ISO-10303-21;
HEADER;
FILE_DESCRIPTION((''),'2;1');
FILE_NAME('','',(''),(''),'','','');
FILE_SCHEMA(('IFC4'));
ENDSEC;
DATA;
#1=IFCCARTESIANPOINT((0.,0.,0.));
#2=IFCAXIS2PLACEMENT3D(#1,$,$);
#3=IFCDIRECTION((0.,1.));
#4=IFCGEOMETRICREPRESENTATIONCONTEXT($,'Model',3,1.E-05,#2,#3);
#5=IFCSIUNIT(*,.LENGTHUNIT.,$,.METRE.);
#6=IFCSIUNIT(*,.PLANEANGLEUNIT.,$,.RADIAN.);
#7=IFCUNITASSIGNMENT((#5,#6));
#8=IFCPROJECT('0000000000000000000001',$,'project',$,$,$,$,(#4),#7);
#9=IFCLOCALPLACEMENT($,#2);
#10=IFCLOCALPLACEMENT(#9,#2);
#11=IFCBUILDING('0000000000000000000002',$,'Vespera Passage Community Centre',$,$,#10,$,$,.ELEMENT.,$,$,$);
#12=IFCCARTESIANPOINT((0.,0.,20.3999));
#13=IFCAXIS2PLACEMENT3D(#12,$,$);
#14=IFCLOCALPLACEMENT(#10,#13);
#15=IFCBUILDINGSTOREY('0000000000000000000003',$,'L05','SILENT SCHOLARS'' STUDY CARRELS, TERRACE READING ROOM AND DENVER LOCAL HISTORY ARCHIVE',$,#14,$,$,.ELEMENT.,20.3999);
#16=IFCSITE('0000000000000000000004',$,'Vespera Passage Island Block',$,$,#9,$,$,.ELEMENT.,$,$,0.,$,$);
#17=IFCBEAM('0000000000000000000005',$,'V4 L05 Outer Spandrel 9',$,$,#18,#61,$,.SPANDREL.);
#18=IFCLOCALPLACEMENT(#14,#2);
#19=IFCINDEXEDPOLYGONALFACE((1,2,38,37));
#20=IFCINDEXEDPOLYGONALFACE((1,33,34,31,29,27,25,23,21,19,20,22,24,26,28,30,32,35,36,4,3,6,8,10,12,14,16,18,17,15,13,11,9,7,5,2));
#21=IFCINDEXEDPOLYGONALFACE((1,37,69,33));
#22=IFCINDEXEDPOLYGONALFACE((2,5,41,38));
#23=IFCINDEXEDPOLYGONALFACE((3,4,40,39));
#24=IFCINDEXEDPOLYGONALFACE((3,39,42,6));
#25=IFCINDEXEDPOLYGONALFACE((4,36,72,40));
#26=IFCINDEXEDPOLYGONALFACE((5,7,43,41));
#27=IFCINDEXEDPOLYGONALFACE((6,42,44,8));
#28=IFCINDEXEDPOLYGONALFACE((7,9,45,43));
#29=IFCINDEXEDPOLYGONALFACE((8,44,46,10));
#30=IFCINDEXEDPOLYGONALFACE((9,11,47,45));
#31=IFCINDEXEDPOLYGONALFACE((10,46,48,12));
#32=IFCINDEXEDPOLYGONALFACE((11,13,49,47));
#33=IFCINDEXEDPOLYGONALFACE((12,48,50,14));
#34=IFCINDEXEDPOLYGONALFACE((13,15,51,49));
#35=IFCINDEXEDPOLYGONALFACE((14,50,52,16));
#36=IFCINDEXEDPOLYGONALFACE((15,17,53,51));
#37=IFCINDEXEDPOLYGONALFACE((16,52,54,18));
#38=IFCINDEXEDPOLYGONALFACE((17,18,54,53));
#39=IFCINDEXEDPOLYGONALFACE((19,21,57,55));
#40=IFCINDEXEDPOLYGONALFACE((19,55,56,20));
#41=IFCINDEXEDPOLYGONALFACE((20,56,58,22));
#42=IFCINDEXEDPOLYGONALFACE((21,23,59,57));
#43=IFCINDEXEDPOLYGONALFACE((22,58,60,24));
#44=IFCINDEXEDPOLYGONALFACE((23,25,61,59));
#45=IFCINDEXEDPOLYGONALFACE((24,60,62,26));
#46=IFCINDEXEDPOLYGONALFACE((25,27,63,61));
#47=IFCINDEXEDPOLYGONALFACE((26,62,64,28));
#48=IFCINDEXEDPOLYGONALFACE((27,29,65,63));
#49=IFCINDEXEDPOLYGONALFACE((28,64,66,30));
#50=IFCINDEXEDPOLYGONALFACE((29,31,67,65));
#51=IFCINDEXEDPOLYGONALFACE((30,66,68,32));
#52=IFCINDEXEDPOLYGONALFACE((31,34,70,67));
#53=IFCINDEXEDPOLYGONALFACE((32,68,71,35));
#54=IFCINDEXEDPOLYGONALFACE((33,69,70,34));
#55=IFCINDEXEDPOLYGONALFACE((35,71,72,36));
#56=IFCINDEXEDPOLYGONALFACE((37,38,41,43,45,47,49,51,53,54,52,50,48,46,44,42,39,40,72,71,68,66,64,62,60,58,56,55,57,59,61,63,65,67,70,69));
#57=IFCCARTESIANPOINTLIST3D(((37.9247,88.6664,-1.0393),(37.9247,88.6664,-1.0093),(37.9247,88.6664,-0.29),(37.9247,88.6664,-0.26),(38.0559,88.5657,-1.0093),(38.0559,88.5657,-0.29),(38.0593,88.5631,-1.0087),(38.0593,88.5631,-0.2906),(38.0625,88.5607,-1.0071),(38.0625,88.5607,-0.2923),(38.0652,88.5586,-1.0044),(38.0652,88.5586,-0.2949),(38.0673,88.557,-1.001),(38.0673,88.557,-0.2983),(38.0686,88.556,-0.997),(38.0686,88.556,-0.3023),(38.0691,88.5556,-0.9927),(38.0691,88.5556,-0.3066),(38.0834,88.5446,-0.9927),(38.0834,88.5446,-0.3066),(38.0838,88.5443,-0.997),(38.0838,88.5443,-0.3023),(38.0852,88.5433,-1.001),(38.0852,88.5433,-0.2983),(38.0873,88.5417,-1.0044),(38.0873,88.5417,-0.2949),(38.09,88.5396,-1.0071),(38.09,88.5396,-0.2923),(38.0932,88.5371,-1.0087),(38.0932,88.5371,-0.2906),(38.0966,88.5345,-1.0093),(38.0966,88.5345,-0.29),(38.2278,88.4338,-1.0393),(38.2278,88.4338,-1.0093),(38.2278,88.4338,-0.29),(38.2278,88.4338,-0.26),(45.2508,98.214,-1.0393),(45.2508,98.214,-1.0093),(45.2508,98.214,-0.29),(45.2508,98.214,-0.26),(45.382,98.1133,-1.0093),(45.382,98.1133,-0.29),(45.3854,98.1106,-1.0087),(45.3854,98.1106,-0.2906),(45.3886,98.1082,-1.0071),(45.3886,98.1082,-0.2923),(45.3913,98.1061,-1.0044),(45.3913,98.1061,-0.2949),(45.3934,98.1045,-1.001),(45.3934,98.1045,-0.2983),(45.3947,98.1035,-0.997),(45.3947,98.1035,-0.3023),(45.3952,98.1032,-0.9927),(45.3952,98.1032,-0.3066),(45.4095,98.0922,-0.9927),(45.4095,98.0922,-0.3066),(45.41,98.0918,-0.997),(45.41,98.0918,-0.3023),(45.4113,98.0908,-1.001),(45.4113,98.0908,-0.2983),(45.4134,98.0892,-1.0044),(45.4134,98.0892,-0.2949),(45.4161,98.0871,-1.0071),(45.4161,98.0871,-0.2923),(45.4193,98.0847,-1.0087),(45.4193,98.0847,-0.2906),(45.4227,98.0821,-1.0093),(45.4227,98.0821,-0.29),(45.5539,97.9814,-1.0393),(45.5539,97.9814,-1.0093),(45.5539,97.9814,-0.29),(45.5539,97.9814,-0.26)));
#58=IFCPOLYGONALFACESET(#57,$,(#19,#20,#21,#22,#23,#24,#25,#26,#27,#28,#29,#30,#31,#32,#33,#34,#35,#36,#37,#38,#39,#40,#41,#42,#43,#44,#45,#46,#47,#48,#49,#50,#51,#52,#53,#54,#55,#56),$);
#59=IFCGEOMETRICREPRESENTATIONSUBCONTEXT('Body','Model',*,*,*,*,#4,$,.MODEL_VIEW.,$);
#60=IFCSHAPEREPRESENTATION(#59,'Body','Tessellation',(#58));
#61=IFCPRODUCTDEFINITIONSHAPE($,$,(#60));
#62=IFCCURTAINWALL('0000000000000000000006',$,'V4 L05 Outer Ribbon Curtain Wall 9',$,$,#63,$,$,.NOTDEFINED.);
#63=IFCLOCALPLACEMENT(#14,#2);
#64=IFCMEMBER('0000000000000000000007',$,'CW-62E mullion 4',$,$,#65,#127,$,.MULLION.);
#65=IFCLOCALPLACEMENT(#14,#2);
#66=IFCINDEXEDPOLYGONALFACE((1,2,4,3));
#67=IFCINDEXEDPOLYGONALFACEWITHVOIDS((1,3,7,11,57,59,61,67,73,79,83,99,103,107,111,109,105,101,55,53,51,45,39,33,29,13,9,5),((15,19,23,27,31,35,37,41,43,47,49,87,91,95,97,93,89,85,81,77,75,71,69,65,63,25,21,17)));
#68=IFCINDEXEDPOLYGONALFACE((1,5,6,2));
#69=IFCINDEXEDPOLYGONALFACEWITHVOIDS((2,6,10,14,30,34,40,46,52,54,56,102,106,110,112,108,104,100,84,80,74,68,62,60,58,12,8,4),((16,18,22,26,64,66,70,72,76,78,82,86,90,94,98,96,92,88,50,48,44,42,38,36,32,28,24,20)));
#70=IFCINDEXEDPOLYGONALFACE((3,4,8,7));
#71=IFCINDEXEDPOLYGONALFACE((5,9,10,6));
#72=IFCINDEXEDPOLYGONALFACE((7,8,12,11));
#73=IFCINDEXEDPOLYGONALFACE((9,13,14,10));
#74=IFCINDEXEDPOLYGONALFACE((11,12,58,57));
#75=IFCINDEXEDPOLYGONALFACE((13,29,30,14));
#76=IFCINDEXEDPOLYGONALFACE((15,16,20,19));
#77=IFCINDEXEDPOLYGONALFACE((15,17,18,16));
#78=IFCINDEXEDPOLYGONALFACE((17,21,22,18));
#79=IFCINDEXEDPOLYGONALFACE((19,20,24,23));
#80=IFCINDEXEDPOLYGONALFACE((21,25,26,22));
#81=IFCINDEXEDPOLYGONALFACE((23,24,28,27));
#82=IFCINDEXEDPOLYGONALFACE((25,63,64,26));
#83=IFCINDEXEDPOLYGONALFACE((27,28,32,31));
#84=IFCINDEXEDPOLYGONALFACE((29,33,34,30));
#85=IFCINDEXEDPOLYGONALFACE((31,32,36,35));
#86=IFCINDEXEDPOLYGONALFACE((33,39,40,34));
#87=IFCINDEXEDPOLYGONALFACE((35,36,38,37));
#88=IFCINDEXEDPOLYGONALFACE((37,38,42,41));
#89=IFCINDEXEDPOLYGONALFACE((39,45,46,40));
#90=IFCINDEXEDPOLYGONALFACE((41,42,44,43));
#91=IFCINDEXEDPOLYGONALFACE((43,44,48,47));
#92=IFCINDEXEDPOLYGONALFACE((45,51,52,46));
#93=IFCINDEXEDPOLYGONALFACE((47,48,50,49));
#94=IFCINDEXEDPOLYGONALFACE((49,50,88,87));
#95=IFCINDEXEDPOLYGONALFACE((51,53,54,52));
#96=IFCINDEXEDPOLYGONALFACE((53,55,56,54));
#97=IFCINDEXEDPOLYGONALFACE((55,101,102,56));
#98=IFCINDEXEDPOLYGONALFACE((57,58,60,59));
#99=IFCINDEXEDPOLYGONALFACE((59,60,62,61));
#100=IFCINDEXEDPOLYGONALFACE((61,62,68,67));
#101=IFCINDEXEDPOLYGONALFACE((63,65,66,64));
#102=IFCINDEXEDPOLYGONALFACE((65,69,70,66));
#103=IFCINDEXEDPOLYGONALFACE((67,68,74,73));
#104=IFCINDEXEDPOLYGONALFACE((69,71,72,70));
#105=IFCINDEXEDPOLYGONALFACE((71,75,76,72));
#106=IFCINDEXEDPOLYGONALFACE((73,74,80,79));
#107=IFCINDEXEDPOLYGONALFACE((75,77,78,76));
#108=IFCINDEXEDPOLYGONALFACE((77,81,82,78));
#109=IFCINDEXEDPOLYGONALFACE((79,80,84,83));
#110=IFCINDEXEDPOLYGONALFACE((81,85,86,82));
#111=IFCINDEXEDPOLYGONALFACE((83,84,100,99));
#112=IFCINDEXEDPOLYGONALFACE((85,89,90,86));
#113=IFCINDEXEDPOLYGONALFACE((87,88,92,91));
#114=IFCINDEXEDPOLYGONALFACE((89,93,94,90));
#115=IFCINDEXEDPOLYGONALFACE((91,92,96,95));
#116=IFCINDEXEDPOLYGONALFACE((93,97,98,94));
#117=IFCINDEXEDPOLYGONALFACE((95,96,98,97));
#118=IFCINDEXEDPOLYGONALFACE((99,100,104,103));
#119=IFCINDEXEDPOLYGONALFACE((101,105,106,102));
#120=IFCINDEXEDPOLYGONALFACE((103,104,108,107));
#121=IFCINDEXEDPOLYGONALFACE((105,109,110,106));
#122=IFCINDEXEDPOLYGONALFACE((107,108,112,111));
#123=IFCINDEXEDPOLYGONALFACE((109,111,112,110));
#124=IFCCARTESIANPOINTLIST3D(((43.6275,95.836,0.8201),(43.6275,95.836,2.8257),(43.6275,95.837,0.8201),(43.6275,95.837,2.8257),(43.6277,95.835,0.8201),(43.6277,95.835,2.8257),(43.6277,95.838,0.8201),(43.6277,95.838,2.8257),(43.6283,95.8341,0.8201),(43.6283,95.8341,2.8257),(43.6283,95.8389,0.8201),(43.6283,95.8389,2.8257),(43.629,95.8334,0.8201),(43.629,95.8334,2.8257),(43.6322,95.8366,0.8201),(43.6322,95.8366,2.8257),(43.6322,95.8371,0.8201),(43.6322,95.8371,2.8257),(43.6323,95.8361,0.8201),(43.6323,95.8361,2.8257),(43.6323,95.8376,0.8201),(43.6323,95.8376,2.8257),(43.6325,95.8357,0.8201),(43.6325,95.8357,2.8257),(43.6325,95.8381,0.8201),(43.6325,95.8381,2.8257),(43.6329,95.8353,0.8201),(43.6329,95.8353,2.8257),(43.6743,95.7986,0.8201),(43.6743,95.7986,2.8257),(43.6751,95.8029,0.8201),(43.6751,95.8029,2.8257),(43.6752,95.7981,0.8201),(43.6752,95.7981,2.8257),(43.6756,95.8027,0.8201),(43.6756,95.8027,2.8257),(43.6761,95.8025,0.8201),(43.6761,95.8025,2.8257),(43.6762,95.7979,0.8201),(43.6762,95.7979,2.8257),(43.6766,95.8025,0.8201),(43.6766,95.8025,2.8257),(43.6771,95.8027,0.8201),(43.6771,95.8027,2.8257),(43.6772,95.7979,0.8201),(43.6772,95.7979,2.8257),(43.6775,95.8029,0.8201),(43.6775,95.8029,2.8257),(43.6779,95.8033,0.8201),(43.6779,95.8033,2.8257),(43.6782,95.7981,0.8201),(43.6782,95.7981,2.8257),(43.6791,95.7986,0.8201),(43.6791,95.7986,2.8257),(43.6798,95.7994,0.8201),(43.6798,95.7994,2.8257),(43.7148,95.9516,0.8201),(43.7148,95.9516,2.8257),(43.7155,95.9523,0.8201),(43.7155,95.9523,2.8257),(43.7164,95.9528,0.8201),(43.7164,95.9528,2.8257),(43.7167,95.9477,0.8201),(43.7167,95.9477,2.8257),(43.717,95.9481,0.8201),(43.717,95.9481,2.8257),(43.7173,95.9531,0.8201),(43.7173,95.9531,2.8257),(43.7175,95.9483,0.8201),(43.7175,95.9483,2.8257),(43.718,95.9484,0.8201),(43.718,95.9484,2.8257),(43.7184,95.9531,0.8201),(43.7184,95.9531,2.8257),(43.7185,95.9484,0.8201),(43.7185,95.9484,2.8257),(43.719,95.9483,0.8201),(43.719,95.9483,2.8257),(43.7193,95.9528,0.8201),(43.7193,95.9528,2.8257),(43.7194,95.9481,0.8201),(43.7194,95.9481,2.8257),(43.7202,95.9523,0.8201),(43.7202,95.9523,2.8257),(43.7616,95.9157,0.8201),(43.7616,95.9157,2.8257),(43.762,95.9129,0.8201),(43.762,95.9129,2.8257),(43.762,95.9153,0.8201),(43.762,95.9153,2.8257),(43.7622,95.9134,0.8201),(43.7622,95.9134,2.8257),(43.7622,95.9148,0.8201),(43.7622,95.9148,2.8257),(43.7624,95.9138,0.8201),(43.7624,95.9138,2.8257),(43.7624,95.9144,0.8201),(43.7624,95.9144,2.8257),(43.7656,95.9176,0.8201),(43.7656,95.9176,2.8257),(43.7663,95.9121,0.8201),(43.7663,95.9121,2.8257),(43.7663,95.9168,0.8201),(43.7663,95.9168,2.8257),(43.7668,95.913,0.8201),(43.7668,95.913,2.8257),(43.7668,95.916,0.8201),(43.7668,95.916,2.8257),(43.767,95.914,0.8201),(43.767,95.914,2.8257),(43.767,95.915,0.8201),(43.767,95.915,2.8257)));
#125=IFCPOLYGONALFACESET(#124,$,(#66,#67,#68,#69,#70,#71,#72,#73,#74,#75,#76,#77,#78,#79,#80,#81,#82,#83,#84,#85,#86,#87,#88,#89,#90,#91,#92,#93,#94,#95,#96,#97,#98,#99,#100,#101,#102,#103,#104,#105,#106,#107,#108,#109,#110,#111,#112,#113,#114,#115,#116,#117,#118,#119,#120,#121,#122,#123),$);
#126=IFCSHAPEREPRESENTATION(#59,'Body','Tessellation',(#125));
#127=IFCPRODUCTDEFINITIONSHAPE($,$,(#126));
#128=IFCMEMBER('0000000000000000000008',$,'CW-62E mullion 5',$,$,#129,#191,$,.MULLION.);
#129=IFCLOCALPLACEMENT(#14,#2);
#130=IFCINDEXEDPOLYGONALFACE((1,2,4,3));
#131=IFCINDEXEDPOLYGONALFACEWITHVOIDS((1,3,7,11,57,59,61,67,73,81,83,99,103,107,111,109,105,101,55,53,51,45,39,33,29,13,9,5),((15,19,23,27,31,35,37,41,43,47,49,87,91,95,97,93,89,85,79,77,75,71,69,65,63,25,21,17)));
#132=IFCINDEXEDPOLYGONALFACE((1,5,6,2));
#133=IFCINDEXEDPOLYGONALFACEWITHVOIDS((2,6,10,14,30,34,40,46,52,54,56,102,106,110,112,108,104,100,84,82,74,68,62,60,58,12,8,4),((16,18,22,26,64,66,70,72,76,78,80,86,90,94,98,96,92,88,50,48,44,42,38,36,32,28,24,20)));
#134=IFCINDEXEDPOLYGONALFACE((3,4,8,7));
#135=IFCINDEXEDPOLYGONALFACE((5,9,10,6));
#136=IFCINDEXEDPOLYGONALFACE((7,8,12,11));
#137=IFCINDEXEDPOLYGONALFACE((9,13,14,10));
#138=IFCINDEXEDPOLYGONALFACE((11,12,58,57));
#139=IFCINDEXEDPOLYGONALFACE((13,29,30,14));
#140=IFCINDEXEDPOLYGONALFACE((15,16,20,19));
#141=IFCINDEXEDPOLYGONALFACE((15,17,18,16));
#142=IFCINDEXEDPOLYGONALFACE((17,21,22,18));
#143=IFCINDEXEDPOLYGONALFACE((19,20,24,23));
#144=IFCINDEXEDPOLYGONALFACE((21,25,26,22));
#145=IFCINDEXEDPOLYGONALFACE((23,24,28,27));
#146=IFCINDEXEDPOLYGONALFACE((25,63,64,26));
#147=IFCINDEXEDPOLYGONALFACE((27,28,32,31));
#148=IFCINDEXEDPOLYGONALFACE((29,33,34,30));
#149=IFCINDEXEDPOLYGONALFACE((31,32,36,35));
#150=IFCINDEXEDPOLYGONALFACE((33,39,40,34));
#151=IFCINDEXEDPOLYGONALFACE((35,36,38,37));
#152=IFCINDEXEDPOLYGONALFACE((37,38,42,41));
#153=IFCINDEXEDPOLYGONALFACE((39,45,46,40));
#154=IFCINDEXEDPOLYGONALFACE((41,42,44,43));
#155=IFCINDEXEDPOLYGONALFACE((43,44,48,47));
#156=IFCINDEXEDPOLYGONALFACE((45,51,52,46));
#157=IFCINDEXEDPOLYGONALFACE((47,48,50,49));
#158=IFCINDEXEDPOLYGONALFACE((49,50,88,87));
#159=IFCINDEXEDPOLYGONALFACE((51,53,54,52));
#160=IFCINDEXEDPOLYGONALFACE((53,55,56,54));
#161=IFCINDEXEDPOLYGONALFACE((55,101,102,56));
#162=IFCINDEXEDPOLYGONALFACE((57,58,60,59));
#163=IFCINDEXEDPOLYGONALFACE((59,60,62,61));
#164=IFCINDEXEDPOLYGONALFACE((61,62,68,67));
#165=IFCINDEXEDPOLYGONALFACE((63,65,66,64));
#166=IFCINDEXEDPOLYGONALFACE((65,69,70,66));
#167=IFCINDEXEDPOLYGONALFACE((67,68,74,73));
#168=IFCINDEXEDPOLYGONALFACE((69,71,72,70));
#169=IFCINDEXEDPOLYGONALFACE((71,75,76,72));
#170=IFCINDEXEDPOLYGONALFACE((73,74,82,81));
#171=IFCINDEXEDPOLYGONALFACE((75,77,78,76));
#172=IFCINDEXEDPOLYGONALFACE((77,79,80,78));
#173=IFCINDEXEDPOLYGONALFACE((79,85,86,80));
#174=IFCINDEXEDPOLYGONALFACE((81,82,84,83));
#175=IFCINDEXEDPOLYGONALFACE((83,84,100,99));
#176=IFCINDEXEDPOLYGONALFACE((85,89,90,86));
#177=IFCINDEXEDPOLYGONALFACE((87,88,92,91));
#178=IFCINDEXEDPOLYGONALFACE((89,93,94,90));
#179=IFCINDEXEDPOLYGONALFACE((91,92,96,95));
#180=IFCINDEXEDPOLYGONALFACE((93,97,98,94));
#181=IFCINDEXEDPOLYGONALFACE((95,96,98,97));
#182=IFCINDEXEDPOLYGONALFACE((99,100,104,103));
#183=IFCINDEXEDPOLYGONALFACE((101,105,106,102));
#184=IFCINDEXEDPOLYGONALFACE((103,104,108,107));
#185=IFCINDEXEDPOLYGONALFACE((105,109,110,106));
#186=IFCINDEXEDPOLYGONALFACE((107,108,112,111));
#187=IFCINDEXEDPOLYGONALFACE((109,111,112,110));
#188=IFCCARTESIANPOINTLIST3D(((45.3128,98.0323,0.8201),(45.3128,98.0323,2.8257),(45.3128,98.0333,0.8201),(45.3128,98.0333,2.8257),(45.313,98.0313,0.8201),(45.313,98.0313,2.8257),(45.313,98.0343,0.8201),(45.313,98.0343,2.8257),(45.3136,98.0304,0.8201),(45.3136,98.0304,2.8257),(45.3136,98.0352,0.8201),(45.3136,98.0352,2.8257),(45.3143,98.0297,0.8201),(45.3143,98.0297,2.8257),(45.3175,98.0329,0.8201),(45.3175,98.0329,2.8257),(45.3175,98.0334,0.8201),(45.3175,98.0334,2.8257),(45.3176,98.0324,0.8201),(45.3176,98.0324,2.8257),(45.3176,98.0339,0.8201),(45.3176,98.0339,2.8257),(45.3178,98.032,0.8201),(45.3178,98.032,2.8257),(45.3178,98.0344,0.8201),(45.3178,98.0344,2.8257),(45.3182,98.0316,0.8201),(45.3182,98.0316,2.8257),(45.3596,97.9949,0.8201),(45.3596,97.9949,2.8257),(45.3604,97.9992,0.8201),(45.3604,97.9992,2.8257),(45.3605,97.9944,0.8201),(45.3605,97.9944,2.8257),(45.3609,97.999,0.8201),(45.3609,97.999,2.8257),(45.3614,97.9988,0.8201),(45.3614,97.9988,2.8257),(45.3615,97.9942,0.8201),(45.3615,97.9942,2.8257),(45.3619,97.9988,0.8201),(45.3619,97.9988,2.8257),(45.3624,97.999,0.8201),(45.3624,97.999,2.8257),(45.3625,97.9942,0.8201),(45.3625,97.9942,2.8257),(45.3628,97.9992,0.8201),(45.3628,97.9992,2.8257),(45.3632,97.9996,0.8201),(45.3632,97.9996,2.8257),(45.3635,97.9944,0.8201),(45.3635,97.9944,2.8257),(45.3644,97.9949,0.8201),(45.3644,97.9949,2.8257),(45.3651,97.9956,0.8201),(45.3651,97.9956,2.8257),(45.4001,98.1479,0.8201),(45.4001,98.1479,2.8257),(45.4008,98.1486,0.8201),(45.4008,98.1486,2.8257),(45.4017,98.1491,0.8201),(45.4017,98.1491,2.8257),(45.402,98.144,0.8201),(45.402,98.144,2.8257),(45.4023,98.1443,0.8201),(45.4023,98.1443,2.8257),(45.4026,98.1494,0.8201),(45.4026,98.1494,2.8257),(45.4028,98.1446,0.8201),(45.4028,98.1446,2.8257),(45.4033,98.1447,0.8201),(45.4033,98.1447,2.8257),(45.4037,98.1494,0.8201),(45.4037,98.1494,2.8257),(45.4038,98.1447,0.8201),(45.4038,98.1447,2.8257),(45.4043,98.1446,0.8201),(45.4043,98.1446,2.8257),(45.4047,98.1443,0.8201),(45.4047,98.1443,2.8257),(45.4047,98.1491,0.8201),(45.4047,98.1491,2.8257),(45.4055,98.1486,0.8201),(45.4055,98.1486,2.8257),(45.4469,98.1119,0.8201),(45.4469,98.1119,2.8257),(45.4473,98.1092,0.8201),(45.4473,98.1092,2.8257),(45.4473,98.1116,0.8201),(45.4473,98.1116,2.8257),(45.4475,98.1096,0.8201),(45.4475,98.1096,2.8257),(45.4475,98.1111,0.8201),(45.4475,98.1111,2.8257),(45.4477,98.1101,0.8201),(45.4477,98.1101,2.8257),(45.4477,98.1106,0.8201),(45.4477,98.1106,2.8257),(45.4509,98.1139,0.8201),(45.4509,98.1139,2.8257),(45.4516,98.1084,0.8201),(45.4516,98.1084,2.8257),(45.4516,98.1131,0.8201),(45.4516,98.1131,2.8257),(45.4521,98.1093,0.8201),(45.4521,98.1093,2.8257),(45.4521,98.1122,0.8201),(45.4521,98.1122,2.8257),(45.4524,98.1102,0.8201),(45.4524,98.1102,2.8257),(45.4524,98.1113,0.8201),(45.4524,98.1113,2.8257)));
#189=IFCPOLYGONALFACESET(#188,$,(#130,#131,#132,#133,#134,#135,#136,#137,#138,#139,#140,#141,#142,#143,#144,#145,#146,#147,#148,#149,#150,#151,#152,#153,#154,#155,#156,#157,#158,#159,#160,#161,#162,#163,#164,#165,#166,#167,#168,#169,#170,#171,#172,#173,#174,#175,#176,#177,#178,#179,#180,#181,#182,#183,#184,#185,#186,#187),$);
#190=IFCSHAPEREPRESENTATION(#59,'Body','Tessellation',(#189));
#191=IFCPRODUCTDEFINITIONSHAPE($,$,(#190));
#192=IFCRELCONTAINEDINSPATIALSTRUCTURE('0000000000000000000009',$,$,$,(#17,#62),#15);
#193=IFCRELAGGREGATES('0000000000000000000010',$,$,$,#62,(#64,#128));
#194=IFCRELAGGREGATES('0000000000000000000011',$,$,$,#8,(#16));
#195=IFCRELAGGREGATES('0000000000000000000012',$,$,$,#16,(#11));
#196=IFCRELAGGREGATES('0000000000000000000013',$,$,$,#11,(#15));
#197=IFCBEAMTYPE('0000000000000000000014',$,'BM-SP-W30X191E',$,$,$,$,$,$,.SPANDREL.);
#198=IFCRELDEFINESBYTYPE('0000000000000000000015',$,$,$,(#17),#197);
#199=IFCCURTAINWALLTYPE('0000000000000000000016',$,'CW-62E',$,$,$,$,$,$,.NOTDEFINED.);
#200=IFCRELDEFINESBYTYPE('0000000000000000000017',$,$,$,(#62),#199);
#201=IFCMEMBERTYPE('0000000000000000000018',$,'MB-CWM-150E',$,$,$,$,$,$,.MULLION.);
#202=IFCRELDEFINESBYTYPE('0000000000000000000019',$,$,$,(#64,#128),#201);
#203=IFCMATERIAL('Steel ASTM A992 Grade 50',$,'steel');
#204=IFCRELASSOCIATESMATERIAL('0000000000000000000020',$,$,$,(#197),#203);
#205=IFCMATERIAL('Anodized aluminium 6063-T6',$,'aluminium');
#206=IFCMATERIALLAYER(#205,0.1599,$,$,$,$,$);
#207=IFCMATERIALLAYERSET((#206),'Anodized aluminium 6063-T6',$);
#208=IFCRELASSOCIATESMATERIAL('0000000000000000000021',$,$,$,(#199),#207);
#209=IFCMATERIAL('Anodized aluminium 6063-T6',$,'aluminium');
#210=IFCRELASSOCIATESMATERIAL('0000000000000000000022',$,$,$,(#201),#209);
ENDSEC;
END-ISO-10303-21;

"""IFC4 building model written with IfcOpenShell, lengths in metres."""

from ifc_helpers import new_model, si_unit, direction, frame, origin, origin_2d, place, context, subcontext, project, spatial, hollow_rectangle, i_section, extrude, material, layer, layer_set, material_profile, profile_set, type_object, element, aggregate, save


model = new_model("IFC4")

# Units and contexts
model_context = context("Model", 3, precision=1e-05, world=origin(), true_north=direction((0.0, 1.0)))
body_context = subcontext(model_context, "Body", "Model", "MODEL_VIEW")
ifc_project = project(units=[si_unit("LENGTHUNIT", "METRE"), si_unit("PLANEANGLEUNIT", "RADIAN")], contexts=[model_context])

# Site, building, storey
site_placement = place(None, origin())
site = spatial("IfcSite", under=ifc_project, at=site_placement, Name="Vespera Passage Island Block", CompositionType="ELEMENT", RefElevation=0.0)
building_placement = place(site_placement, origin())
building = spatial("IfcBuilding", under=site, at=building_placement, Name="Vespera Passage Community Centre", CompositionType="ELEMENT")
storey_placement = place(building_placement, frame((0.0, 0.0, 20.3999)))
storey = spatial("IfcBuildingStorey", under=building, at=storey_placement, Name="L05", Description="SILENT SCHOLARS' STUDY CARRELS, TERRACE READING ROOM AND DENVER LOCAL HISTORY ARCHIVE", CompositionType="ELEMENT", Elevation=20.3999)

# Beam
ifc_material_1 = material(Name="Steel ASTM A992 Grade 50", Category="steel")
ifc_material_profile_1 = material_profile(ifc_material_1, i_section(OverallWidth=0.3821, OverallDepth=0.7793, WebThickness=0.0181, FlangeThickness=0.03, FilletRadius=0.0166, at=origin_2d()), Name="W30X191")
ifc_profile_set_1 = profile_set([ifc_material_profile_1], Name="Steel ASTM A992 Grade 50")
beam_type = type_object("IfcBeamType", Name="BM-SP-W30X191E", PredefinedType="SPANDREL", material=ifc_profile_set_1)
beam_placement = place(storey_placement, frame((45.4023, 98.0977, -0.6497), z_axis=(-0.608763, -0.793352, 0.0), x_axis=(0.793352, -0.608763, 0.0)))
element("IfcBeam", 1, at=beam_placement, inside=storey, type_object=beam_type, Name="V4 L05 Outer Spandrel 9", PredefinedType="SPANDREL", context=body_context, shape_type="SweptSolid", body=[
    extrude(i_section(OverallWidth=0.3821, OverallDepth=0.7793, WebThickness=0.0181, FlangeThickness=0.03, FilletRadius=0.0166, at=origin_2d()), origin(), (0.0, 0.0, 1.0), 12.0344),
])

# Curtain wall, members
ifc_material_2 = material(Name="Anodized aluminium 6063-T6", Category="aluminium")
ifc_layer_1 = layer(ifc_material_2, 0.1599)
ifc_layer_set_1 = layer_set([ifc_layer_1], Name="Anodized aluminium 6063-T6")
curtain_wall_type_1 = type_object("IfcCurtainWallType", Name="CW-62E", PredefinedType="NOTDEFINED", material=ifc_layer_set_1)
curtain_wall_1_placement = place(storey_placement, origin())
curtain_wall_1 = element("IfcCurtainWall", 2, at=curtain_wall_1_placement, inside=storey, type_object=curtain_wall_type_1, Name="V4 L05 Outer Ribbon Curtain Wall 9", PredefinedType="NOTDEFINED")
ifc_material_3 = material(Name="Anodized aluminium 6063-T6", Category="aluminium")
ifc_material_profile_2 = material_profile(ifc_material_3, hollow_rectangle(XDim=0.0649, YDim=0.1499, WallThickness=0.0039, InnerFilletRadius=0.002, OuterFilletRadius=0.0039, at=origin_2d()), Name="ALU150X65X4")
ifc_profile_set_2 = profile_set([ifc_material_profile_2], Name="Anodized aluminium 6063-T6")
member_type_1 = type_object("IfcMemberType", Name="MB-CWM-150E", PredefinedType="MULLION", material=ifc_profile_set_2)
member_1_placement = place(storey_placement, frame((43.6973, 95.8755, 0.8201), z_axis=(0.0, 0.0, 1.0), x_axis=(-0.79335, 0.608765, 0.0)))
member_1 = element("IfcMember", 3, at=member_1_placement, type_object=member_type_1, Name="CW-62E mullion 4", PredefinedType="MULLION", context=body_context, shape_type="SweptSolid", body=[
    extrude(hollow_rectangle(XDim=0.0649, YDim=0.1499, WallThickness=0.0039, InnerFilletRadius=0.002, OuterFilletRadius=0.0039, at=origin_2d()), origin(), (0.0, 0.0, 1.0), 2.0056),
])
member_2_placement = place(storey_placement, frame((45.3826, 98.0718, 0.8201), z_axis=(0.0, 0.0, 1.0), x_axis=(-0.79335, 0.608765, 0.0)))
member_2 = element("IfcMember", 4, at=member_2_placement, type_object=member_type_1, Name="CW-62E mullion 5", PredefinedType="MULLION", context=body_context, shape_type="SweptSolid", body=[
    extrude(hollow_rectangle(XDim=0.0649, YDim=0.1499, WallThickness=0.0039, InnerFilletRadius=0.002, OuterFilletRadius=0.0039, at=origin_2d()), origin(), (0.0, 0.0, 1.0), 2.0056),
])

aggregate(curtain_wall_1, [member_1, member_2])

save(model, "model.ifc")
